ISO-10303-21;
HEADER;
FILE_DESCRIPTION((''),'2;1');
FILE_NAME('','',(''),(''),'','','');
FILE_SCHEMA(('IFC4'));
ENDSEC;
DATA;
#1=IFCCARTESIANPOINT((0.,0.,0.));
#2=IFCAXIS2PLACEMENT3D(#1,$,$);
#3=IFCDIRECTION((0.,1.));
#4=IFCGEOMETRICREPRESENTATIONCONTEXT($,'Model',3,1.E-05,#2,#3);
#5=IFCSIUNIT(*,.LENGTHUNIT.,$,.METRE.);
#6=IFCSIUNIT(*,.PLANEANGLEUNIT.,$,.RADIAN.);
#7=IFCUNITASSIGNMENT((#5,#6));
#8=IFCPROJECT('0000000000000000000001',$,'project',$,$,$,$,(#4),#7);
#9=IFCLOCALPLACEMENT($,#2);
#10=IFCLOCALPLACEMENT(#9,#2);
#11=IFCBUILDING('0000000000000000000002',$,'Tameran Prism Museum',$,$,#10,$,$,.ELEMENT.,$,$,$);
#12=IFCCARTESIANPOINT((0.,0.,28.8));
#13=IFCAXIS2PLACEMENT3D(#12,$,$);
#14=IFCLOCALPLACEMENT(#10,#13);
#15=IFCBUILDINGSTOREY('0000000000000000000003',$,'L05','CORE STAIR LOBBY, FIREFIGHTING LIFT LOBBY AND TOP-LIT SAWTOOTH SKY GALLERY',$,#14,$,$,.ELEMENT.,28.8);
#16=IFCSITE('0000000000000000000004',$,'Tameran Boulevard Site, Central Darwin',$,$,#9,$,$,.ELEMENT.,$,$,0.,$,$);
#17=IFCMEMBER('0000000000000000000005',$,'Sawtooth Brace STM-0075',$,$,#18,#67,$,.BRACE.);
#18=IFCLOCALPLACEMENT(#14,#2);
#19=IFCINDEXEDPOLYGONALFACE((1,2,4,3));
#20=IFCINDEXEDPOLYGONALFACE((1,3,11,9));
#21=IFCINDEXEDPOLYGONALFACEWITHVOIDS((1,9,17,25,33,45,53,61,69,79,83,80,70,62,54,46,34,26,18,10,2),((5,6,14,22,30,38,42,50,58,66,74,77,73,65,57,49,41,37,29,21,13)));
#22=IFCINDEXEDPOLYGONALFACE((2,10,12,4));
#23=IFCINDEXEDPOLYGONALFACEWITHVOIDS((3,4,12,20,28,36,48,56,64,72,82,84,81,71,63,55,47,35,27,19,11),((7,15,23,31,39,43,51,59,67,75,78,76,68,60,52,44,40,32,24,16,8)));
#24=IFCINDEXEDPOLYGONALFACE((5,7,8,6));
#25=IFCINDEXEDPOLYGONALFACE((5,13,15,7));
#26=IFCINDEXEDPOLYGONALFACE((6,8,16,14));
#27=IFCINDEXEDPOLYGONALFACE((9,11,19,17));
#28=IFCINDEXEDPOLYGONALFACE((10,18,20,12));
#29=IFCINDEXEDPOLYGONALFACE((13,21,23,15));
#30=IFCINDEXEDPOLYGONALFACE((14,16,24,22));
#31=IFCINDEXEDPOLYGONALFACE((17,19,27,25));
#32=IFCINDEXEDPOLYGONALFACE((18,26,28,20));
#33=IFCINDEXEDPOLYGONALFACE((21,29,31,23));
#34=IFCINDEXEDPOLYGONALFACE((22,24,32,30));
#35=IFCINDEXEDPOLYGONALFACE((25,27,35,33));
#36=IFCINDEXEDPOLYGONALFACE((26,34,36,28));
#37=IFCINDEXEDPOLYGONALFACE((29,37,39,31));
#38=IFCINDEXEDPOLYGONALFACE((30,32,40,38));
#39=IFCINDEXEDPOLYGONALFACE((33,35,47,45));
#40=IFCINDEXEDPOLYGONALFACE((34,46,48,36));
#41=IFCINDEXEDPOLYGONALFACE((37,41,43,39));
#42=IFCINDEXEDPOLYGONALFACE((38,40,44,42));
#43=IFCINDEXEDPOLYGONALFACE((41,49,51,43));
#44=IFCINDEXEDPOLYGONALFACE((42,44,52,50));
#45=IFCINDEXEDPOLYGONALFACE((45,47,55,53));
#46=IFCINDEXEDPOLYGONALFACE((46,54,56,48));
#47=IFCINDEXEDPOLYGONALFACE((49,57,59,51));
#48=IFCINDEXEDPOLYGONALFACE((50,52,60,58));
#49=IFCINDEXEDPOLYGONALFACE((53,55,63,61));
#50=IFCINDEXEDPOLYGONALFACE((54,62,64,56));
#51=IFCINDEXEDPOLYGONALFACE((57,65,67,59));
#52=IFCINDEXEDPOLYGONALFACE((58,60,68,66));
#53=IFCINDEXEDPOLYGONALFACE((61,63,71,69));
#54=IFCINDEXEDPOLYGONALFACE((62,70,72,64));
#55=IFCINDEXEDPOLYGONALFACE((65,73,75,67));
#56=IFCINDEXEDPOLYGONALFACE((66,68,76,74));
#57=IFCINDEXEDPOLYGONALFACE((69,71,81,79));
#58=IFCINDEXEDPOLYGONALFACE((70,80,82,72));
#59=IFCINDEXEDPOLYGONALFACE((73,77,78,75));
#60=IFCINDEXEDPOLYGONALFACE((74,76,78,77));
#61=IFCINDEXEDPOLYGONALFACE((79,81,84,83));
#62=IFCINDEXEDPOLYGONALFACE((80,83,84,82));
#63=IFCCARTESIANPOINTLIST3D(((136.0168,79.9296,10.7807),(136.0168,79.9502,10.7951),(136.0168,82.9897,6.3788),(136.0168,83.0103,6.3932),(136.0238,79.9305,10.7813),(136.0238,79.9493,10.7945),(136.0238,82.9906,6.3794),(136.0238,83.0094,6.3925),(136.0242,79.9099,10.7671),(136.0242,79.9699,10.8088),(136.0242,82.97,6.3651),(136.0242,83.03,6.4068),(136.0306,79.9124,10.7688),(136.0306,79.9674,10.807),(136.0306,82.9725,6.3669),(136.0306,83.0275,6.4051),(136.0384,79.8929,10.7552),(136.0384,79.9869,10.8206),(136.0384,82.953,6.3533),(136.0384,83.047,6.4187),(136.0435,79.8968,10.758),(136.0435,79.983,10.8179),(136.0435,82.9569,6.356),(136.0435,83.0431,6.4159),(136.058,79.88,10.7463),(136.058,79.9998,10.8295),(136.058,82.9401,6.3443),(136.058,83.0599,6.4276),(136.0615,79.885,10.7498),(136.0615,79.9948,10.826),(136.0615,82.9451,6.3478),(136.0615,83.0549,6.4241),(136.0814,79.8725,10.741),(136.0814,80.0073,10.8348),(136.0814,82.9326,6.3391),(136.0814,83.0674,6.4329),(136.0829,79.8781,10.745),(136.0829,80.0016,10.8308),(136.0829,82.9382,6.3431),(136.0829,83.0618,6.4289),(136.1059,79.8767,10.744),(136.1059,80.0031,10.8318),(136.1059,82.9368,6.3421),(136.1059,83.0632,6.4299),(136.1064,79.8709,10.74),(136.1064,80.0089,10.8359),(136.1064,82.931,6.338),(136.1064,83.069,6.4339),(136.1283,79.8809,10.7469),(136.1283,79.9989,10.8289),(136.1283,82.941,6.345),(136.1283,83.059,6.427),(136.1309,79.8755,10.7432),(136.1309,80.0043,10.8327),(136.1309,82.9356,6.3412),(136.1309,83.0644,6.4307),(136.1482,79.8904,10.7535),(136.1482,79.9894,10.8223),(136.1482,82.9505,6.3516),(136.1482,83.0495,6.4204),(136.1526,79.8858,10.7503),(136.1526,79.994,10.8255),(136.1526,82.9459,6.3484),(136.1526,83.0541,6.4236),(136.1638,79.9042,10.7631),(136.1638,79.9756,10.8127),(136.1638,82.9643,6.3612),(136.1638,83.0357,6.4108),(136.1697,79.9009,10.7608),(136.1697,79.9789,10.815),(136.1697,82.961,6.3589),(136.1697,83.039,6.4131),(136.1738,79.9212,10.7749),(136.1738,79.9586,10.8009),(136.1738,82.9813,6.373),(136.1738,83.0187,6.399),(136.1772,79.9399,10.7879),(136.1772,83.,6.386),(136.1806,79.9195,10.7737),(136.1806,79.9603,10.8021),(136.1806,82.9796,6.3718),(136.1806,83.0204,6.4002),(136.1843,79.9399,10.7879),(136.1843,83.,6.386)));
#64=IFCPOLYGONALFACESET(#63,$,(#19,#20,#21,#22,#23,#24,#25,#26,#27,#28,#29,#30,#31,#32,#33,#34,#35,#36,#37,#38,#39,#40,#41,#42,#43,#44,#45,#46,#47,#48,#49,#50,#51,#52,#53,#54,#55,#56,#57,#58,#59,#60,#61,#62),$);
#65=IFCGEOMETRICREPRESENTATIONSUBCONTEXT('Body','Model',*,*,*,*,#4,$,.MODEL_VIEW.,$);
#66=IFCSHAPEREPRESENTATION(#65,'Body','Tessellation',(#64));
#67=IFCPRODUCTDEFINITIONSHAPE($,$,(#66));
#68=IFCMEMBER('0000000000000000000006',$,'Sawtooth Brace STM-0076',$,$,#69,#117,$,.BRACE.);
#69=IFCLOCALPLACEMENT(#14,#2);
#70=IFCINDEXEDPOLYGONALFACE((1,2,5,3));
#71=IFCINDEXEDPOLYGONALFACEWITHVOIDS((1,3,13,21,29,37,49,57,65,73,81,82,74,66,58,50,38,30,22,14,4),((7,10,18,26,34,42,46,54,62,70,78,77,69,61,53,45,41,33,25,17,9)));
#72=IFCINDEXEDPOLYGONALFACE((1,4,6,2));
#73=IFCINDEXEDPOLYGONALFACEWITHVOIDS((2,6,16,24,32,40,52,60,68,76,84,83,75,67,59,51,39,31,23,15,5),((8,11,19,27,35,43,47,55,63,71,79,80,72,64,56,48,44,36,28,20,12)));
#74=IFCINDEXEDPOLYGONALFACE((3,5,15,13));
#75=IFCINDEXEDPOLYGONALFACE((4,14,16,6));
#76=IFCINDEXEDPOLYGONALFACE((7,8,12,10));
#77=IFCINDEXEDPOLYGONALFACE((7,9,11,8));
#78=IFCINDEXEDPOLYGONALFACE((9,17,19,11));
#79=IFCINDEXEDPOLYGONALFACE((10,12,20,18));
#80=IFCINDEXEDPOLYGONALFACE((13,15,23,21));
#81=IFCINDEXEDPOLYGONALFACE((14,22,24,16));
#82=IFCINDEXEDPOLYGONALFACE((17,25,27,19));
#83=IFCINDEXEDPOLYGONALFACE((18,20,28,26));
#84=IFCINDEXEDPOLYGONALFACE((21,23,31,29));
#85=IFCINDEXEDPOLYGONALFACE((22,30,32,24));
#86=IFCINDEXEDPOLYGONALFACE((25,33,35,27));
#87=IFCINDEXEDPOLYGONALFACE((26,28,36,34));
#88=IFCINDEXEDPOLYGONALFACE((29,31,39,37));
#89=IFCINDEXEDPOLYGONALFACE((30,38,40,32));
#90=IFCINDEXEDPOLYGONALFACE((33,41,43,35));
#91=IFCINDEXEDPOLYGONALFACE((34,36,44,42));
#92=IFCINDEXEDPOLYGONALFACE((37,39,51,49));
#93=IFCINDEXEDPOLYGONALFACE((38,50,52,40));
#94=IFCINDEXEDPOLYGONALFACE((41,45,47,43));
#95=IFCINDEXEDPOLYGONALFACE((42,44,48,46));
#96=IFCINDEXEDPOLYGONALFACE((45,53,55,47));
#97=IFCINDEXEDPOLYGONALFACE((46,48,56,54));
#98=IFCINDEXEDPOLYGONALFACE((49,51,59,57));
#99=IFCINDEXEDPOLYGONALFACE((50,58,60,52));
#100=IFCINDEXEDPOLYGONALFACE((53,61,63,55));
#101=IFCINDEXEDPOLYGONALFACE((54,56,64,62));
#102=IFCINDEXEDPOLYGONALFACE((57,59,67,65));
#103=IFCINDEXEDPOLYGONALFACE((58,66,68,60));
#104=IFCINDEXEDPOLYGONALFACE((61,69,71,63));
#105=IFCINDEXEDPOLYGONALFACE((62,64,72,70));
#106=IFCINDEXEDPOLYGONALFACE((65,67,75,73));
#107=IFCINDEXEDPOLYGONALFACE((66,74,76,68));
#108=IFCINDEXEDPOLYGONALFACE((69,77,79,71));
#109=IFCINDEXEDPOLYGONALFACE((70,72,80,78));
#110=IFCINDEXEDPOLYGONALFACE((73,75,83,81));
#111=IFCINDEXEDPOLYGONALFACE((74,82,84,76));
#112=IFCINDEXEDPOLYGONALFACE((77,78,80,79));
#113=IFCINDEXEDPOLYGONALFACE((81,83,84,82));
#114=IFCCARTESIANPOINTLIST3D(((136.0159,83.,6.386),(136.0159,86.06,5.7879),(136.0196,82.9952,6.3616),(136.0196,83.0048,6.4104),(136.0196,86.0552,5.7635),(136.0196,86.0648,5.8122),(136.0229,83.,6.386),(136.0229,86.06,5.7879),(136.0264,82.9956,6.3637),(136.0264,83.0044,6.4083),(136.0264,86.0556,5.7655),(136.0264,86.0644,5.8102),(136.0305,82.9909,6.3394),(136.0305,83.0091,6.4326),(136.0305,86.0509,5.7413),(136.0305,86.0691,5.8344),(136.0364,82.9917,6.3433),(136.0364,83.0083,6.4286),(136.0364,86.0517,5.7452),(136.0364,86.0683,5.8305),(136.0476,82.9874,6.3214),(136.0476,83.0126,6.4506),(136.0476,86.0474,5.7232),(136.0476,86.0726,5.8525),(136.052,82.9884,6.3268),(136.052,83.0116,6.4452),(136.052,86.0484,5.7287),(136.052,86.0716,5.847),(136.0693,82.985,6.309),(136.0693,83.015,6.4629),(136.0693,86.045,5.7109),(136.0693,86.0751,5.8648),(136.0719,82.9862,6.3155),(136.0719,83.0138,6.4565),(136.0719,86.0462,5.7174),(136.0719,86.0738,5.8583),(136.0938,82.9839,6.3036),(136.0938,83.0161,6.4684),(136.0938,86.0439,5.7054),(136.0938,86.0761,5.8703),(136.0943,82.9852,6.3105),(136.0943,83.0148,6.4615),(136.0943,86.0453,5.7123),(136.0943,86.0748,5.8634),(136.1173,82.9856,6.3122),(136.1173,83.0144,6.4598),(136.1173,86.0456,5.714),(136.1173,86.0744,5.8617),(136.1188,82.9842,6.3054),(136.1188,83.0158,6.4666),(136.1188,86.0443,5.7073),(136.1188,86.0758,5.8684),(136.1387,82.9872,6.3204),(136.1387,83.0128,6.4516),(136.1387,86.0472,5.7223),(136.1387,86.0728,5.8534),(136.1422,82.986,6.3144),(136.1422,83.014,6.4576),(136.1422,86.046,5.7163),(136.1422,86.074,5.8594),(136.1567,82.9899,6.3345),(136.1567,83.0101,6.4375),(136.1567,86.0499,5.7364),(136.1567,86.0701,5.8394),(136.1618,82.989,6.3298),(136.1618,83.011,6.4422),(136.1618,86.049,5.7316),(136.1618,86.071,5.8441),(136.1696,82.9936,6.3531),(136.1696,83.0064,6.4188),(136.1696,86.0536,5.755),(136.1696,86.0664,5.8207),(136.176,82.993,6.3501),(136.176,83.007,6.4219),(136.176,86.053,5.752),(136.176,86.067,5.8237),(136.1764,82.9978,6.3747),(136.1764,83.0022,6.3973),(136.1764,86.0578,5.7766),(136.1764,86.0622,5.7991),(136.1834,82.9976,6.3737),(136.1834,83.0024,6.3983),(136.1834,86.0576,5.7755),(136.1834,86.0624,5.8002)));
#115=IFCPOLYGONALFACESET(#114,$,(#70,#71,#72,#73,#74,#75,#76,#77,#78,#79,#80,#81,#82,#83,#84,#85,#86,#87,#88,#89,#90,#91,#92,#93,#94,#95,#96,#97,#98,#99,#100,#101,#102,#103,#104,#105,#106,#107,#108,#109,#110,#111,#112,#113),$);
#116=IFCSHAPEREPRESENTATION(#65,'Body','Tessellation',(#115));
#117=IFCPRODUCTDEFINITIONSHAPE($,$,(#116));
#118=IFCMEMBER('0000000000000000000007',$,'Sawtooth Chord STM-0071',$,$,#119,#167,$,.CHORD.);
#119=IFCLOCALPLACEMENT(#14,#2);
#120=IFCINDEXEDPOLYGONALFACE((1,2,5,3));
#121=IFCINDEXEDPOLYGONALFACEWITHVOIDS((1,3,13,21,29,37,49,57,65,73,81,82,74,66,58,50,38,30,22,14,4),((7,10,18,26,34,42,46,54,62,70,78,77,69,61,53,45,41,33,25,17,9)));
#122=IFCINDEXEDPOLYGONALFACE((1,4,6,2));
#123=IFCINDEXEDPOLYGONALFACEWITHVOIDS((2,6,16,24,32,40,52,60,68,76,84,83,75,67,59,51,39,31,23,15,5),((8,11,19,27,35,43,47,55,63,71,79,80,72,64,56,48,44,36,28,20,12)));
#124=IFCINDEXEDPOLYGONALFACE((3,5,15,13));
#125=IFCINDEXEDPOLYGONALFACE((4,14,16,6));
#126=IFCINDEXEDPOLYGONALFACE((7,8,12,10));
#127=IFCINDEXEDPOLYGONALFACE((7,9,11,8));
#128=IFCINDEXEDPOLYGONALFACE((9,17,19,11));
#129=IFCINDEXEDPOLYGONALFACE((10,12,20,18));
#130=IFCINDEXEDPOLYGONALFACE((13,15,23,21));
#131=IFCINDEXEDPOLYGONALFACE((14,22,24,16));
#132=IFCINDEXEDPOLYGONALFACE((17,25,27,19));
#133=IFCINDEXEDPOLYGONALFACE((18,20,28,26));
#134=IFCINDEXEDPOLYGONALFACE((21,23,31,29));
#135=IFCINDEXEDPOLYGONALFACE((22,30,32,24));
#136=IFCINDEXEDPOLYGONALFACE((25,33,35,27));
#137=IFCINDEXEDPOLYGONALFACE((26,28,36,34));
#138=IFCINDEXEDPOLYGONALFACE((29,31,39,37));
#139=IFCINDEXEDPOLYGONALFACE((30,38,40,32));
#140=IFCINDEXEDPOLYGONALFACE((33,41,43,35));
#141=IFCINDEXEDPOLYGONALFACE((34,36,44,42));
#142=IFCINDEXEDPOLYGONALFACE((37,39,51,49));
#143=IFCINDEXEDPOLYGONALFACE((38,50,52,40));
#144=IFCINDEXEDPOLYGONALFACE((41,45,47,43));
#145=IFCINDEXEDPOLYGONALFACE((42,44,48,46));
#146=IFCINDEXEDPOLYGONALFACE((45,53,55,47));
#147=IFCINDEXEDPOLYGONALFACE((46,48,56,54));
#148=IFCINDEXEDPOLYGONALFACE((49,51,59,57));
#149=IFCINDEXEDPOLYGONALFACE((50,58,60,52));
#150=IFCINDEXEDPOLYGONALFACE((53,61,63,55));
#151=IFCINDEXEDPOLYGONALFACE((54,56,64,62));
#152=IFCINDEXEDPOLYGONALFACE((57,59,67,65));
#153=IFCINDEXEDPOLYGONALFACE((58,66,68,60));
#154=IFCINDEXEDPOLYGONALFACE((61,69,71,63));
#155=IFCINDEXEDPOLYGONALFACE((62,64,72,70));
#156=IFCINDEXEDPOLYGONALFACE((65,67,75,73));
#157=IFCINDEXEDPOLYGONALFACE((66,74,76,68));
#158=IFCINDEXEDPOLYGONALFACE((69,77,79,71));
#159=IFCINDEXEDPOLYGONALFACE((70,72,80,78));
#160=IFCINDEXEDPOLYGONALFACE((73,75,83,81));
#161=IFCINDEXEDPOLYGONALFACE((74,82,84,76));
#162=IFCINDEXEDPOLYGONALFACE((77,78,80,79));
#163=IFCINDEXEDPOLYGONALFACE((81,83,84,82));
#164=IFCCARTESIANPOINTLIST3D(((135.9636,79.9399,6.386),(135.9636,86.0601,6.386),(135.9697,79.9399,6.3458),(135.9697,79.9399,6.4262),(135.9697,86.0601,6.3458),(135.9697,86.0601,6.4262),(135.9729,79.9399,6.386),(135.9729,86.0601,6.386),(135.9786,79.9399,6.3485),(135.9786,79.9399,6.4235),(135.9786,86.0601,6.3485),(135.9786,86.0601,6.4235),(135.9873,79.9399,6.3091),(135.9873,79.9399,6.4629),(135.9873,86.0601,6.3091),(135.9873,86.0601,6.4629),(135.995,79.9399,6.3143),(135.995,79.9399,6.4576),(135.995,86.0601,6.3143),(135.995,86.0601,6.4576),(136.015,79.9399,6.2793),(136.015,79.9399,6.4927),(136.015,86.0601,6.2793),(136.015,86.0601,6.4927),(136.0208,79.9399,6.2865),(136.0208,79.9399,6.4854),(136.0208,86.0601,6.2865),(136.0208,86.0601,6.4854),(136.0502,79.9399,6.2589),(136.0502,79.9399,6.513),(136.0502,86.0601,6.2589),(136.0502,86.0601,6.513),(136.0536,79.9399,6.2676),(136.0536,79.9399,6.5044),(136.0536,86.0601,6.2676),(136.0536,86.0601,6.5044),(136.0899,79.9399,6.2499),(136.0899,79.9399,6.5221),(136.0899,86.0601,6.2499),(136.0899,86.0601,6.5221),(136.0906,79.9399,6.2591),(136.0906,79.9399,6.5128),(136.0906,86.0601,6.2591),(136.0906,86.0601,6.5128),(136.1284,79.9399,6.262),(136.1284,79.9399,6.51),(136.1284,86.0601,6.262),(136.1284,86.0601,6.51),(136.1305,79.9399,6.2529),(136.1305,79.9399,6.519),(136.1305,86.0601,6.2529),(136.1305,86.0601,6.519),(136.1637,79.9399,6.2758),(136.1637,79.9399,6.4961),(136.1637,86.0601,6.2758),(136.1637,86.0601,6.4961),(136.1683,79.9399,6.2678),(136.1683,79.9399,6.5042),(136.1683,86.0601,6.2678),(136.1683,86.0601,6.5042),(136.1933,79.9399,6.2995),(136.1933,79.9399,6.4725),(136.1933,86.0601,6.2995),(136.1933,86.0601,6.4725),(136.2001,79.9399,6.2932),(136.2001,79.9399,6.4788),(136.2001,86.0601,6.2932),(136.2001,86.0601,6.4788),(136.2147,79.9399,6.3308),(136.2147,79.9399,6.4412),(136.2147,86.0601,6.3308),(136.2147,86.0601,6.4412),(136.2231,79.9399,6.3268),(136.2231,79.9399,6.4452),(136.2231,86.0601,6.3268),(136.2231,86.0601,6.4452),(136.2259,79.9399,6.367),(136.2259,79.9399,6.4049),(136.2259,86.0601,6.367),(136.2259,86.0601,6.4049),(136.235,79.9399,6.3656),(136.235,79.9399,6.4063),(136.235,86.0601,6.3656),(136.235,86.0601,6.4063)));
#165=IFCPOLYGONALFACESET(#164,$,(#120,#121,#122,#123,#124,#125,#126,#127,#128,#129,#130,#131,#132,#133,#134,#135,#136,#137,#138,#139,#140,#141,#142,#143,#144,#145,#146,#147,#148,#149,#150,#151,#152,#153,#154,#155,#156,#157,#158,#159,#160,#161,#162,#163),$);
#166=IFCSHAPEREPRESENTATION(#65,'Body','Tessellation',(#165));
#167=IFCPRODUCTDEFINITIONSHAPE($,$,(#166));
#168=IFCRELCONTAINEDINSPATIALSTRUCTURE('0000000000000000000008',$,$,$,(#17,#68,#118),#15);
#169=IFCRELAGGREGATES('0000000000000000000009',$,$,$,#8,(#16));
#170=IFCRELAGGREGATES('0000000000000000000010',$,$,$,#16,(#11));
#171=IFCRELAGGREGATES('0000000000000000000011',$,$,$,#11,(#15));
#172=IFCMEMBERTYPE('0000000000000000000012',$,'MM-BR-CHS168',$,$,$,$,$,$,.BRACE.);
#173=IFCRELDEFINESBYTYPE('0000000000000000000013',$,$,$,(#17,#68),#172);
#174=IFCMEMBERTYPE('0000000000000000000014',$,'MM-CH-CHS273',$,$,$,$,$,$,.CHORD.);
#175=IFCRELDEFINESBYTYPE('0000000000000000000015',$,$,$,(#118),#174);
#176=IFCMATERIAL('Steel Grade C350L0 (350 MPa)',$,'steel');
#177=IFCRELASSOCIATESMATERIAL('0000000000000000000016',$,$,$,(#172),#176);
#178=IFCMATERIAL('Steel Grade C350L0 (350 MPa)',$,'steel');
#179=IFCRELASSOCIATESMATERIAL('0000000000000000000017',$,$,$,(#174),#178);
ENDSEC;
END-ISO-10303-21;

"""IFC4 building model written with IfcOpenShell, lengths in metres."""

from ifc_helpers import new_model, si_unit, direction, frame, origin, origin_2d, place, context, subcontext, project, spatial, hollow_circle, extrude, material, material_profile, profile_set, type_object, element, save


model = new_model("IFC4")

# Units and contexts
model_context = context("Model", 3, precision=1e-05, world=origin(), true_north=direction((0.0, 1.0)))
body_context = subcontext(model_context, "Body", "Model", "MODEL_VIEW")
ifc_project = project(units=[si_unit("LENGTHUNIT", "METRE"), si_unit("PLANEANGLEUNIT", "RADIAN")], contexts=[model_context])

# Site, building, storey
site_placement = place(None, origin())
site = spatial("IfcSite", under=ifc_project, at=site_placement, Name="Tameran Boulevard Site, Central Darwin", CompositionType="ELEMENT", RefElevation=0.0)
building_placement = place(site_placement, origin())
building = spatial("IfcBuilding", under=site, at=building_placement, Name="Tameran Prism Museum", CompositionType="ELEMENT")
storey_placement = place(building_placement, frame((0.0, 0.0, 28.8)))
storey = spatial("IfcBuildingStorey", under=building, at=storey_placement, Name="L05", Description="CORE STAIR LOBBY, FIREFIGHTING LIFT LOBBY AND TOP-LIT SAWTOOTH SKY GALLERY", CompositionType="ELEMENT", Elevation=28.8)

# Members
ifc_material_1 = material(Name="Steel Grade C350L0 (350 MPa)", Category="steel")
ifc_material_profile_1 = material_profile(ifc_material_1, hollow_circle(Radius=0.0842, WallThickness=0.0071, at=origin_2d()))
ifc_profile_set_1 = profile_set([ifc_material_profile_1])
member_type_1 = type_object("IfcMemberType", Name="MM-BR-CHS168", PredefinedType="BRACE", material=ifc_profile_set_1)
member_1_placement = place(storey_placement, frame((136.1001, 83.0, 6.386), z_axis=(0.0, -0.5708, 0.821089), x_axis=(1.0, 0.0, 0.0)))
element("IfcMember", 1, at=member_1_placement, inside=storey, type_object=member_type_1, Name="Sawtooth Brace STM-0075", PredefinedType="BRACE", context=body_context, shape_type="SweptSolid", body=[
    extrude(hollow_circle(Radius=0.0842, WallThickness=0.0071, at=origin_2d()), origin(), (0.0, 0.0, 1.0), 5.3611),
])
member_2_placement = place(storey_placement, frame((136.1001, 83.0, 6.386), z_axis=(0.0, 0.981427, -0.191838), x_axis=(-1.0, 0.0, 0.0)))
element("IfcMember", 2, at=member_2_placement, inside=storey, type_object=member_type_1, Name="Sawtooth Brace STM-0076", PredefinedType="BRACE", context=body_context, shape_type="SweptSolid", body=[
    extrude(hollow_circle(Radius=0.0842, WallThickness=0.0071, at=origin_2d()), origin(), (0.0, 0.0, 1.0), 3.1179),
])
ifc_material_2 = material(Name="Steel Grade C350L0 (350 MPa)", Category="steel")
ifc_material_profile_2 = material_profile(ifc_material_2, hollow_circle(Radius=0.1365, WallThickness=0.0093, at=origin_2d()))
ifc_profile_set_2 = profile_set([ifc_material_profile_2])
member_type_2 = type_object("IfcMemberType", Name="MM-CH-CHS273", PredefinedType="CHORD", material=ifc_profile_set_2)
member_3_placement = place(storey_placement, frame((136.1001, 79.9399, 6.386), z_axis=(0.0, 1.0, 0.0), x_axis=(-1.0, 0.0, 0.0)))
element("IfcMember", 3, at=member_3_placement, inside=storey, type_object=member_type_2, Name="Sawtooth Chord STM-0071", PredefinedType="CHORD", context=body_context, shape_type="SweptSolid", body=[
    extrude(hollow_circle(Radius=0.1365, WallThickness=0.0093, at=origin_2d()), origin(), (0.0, 0.0, 1.0), 6.1201),
])

save(model, "model.ifc")
